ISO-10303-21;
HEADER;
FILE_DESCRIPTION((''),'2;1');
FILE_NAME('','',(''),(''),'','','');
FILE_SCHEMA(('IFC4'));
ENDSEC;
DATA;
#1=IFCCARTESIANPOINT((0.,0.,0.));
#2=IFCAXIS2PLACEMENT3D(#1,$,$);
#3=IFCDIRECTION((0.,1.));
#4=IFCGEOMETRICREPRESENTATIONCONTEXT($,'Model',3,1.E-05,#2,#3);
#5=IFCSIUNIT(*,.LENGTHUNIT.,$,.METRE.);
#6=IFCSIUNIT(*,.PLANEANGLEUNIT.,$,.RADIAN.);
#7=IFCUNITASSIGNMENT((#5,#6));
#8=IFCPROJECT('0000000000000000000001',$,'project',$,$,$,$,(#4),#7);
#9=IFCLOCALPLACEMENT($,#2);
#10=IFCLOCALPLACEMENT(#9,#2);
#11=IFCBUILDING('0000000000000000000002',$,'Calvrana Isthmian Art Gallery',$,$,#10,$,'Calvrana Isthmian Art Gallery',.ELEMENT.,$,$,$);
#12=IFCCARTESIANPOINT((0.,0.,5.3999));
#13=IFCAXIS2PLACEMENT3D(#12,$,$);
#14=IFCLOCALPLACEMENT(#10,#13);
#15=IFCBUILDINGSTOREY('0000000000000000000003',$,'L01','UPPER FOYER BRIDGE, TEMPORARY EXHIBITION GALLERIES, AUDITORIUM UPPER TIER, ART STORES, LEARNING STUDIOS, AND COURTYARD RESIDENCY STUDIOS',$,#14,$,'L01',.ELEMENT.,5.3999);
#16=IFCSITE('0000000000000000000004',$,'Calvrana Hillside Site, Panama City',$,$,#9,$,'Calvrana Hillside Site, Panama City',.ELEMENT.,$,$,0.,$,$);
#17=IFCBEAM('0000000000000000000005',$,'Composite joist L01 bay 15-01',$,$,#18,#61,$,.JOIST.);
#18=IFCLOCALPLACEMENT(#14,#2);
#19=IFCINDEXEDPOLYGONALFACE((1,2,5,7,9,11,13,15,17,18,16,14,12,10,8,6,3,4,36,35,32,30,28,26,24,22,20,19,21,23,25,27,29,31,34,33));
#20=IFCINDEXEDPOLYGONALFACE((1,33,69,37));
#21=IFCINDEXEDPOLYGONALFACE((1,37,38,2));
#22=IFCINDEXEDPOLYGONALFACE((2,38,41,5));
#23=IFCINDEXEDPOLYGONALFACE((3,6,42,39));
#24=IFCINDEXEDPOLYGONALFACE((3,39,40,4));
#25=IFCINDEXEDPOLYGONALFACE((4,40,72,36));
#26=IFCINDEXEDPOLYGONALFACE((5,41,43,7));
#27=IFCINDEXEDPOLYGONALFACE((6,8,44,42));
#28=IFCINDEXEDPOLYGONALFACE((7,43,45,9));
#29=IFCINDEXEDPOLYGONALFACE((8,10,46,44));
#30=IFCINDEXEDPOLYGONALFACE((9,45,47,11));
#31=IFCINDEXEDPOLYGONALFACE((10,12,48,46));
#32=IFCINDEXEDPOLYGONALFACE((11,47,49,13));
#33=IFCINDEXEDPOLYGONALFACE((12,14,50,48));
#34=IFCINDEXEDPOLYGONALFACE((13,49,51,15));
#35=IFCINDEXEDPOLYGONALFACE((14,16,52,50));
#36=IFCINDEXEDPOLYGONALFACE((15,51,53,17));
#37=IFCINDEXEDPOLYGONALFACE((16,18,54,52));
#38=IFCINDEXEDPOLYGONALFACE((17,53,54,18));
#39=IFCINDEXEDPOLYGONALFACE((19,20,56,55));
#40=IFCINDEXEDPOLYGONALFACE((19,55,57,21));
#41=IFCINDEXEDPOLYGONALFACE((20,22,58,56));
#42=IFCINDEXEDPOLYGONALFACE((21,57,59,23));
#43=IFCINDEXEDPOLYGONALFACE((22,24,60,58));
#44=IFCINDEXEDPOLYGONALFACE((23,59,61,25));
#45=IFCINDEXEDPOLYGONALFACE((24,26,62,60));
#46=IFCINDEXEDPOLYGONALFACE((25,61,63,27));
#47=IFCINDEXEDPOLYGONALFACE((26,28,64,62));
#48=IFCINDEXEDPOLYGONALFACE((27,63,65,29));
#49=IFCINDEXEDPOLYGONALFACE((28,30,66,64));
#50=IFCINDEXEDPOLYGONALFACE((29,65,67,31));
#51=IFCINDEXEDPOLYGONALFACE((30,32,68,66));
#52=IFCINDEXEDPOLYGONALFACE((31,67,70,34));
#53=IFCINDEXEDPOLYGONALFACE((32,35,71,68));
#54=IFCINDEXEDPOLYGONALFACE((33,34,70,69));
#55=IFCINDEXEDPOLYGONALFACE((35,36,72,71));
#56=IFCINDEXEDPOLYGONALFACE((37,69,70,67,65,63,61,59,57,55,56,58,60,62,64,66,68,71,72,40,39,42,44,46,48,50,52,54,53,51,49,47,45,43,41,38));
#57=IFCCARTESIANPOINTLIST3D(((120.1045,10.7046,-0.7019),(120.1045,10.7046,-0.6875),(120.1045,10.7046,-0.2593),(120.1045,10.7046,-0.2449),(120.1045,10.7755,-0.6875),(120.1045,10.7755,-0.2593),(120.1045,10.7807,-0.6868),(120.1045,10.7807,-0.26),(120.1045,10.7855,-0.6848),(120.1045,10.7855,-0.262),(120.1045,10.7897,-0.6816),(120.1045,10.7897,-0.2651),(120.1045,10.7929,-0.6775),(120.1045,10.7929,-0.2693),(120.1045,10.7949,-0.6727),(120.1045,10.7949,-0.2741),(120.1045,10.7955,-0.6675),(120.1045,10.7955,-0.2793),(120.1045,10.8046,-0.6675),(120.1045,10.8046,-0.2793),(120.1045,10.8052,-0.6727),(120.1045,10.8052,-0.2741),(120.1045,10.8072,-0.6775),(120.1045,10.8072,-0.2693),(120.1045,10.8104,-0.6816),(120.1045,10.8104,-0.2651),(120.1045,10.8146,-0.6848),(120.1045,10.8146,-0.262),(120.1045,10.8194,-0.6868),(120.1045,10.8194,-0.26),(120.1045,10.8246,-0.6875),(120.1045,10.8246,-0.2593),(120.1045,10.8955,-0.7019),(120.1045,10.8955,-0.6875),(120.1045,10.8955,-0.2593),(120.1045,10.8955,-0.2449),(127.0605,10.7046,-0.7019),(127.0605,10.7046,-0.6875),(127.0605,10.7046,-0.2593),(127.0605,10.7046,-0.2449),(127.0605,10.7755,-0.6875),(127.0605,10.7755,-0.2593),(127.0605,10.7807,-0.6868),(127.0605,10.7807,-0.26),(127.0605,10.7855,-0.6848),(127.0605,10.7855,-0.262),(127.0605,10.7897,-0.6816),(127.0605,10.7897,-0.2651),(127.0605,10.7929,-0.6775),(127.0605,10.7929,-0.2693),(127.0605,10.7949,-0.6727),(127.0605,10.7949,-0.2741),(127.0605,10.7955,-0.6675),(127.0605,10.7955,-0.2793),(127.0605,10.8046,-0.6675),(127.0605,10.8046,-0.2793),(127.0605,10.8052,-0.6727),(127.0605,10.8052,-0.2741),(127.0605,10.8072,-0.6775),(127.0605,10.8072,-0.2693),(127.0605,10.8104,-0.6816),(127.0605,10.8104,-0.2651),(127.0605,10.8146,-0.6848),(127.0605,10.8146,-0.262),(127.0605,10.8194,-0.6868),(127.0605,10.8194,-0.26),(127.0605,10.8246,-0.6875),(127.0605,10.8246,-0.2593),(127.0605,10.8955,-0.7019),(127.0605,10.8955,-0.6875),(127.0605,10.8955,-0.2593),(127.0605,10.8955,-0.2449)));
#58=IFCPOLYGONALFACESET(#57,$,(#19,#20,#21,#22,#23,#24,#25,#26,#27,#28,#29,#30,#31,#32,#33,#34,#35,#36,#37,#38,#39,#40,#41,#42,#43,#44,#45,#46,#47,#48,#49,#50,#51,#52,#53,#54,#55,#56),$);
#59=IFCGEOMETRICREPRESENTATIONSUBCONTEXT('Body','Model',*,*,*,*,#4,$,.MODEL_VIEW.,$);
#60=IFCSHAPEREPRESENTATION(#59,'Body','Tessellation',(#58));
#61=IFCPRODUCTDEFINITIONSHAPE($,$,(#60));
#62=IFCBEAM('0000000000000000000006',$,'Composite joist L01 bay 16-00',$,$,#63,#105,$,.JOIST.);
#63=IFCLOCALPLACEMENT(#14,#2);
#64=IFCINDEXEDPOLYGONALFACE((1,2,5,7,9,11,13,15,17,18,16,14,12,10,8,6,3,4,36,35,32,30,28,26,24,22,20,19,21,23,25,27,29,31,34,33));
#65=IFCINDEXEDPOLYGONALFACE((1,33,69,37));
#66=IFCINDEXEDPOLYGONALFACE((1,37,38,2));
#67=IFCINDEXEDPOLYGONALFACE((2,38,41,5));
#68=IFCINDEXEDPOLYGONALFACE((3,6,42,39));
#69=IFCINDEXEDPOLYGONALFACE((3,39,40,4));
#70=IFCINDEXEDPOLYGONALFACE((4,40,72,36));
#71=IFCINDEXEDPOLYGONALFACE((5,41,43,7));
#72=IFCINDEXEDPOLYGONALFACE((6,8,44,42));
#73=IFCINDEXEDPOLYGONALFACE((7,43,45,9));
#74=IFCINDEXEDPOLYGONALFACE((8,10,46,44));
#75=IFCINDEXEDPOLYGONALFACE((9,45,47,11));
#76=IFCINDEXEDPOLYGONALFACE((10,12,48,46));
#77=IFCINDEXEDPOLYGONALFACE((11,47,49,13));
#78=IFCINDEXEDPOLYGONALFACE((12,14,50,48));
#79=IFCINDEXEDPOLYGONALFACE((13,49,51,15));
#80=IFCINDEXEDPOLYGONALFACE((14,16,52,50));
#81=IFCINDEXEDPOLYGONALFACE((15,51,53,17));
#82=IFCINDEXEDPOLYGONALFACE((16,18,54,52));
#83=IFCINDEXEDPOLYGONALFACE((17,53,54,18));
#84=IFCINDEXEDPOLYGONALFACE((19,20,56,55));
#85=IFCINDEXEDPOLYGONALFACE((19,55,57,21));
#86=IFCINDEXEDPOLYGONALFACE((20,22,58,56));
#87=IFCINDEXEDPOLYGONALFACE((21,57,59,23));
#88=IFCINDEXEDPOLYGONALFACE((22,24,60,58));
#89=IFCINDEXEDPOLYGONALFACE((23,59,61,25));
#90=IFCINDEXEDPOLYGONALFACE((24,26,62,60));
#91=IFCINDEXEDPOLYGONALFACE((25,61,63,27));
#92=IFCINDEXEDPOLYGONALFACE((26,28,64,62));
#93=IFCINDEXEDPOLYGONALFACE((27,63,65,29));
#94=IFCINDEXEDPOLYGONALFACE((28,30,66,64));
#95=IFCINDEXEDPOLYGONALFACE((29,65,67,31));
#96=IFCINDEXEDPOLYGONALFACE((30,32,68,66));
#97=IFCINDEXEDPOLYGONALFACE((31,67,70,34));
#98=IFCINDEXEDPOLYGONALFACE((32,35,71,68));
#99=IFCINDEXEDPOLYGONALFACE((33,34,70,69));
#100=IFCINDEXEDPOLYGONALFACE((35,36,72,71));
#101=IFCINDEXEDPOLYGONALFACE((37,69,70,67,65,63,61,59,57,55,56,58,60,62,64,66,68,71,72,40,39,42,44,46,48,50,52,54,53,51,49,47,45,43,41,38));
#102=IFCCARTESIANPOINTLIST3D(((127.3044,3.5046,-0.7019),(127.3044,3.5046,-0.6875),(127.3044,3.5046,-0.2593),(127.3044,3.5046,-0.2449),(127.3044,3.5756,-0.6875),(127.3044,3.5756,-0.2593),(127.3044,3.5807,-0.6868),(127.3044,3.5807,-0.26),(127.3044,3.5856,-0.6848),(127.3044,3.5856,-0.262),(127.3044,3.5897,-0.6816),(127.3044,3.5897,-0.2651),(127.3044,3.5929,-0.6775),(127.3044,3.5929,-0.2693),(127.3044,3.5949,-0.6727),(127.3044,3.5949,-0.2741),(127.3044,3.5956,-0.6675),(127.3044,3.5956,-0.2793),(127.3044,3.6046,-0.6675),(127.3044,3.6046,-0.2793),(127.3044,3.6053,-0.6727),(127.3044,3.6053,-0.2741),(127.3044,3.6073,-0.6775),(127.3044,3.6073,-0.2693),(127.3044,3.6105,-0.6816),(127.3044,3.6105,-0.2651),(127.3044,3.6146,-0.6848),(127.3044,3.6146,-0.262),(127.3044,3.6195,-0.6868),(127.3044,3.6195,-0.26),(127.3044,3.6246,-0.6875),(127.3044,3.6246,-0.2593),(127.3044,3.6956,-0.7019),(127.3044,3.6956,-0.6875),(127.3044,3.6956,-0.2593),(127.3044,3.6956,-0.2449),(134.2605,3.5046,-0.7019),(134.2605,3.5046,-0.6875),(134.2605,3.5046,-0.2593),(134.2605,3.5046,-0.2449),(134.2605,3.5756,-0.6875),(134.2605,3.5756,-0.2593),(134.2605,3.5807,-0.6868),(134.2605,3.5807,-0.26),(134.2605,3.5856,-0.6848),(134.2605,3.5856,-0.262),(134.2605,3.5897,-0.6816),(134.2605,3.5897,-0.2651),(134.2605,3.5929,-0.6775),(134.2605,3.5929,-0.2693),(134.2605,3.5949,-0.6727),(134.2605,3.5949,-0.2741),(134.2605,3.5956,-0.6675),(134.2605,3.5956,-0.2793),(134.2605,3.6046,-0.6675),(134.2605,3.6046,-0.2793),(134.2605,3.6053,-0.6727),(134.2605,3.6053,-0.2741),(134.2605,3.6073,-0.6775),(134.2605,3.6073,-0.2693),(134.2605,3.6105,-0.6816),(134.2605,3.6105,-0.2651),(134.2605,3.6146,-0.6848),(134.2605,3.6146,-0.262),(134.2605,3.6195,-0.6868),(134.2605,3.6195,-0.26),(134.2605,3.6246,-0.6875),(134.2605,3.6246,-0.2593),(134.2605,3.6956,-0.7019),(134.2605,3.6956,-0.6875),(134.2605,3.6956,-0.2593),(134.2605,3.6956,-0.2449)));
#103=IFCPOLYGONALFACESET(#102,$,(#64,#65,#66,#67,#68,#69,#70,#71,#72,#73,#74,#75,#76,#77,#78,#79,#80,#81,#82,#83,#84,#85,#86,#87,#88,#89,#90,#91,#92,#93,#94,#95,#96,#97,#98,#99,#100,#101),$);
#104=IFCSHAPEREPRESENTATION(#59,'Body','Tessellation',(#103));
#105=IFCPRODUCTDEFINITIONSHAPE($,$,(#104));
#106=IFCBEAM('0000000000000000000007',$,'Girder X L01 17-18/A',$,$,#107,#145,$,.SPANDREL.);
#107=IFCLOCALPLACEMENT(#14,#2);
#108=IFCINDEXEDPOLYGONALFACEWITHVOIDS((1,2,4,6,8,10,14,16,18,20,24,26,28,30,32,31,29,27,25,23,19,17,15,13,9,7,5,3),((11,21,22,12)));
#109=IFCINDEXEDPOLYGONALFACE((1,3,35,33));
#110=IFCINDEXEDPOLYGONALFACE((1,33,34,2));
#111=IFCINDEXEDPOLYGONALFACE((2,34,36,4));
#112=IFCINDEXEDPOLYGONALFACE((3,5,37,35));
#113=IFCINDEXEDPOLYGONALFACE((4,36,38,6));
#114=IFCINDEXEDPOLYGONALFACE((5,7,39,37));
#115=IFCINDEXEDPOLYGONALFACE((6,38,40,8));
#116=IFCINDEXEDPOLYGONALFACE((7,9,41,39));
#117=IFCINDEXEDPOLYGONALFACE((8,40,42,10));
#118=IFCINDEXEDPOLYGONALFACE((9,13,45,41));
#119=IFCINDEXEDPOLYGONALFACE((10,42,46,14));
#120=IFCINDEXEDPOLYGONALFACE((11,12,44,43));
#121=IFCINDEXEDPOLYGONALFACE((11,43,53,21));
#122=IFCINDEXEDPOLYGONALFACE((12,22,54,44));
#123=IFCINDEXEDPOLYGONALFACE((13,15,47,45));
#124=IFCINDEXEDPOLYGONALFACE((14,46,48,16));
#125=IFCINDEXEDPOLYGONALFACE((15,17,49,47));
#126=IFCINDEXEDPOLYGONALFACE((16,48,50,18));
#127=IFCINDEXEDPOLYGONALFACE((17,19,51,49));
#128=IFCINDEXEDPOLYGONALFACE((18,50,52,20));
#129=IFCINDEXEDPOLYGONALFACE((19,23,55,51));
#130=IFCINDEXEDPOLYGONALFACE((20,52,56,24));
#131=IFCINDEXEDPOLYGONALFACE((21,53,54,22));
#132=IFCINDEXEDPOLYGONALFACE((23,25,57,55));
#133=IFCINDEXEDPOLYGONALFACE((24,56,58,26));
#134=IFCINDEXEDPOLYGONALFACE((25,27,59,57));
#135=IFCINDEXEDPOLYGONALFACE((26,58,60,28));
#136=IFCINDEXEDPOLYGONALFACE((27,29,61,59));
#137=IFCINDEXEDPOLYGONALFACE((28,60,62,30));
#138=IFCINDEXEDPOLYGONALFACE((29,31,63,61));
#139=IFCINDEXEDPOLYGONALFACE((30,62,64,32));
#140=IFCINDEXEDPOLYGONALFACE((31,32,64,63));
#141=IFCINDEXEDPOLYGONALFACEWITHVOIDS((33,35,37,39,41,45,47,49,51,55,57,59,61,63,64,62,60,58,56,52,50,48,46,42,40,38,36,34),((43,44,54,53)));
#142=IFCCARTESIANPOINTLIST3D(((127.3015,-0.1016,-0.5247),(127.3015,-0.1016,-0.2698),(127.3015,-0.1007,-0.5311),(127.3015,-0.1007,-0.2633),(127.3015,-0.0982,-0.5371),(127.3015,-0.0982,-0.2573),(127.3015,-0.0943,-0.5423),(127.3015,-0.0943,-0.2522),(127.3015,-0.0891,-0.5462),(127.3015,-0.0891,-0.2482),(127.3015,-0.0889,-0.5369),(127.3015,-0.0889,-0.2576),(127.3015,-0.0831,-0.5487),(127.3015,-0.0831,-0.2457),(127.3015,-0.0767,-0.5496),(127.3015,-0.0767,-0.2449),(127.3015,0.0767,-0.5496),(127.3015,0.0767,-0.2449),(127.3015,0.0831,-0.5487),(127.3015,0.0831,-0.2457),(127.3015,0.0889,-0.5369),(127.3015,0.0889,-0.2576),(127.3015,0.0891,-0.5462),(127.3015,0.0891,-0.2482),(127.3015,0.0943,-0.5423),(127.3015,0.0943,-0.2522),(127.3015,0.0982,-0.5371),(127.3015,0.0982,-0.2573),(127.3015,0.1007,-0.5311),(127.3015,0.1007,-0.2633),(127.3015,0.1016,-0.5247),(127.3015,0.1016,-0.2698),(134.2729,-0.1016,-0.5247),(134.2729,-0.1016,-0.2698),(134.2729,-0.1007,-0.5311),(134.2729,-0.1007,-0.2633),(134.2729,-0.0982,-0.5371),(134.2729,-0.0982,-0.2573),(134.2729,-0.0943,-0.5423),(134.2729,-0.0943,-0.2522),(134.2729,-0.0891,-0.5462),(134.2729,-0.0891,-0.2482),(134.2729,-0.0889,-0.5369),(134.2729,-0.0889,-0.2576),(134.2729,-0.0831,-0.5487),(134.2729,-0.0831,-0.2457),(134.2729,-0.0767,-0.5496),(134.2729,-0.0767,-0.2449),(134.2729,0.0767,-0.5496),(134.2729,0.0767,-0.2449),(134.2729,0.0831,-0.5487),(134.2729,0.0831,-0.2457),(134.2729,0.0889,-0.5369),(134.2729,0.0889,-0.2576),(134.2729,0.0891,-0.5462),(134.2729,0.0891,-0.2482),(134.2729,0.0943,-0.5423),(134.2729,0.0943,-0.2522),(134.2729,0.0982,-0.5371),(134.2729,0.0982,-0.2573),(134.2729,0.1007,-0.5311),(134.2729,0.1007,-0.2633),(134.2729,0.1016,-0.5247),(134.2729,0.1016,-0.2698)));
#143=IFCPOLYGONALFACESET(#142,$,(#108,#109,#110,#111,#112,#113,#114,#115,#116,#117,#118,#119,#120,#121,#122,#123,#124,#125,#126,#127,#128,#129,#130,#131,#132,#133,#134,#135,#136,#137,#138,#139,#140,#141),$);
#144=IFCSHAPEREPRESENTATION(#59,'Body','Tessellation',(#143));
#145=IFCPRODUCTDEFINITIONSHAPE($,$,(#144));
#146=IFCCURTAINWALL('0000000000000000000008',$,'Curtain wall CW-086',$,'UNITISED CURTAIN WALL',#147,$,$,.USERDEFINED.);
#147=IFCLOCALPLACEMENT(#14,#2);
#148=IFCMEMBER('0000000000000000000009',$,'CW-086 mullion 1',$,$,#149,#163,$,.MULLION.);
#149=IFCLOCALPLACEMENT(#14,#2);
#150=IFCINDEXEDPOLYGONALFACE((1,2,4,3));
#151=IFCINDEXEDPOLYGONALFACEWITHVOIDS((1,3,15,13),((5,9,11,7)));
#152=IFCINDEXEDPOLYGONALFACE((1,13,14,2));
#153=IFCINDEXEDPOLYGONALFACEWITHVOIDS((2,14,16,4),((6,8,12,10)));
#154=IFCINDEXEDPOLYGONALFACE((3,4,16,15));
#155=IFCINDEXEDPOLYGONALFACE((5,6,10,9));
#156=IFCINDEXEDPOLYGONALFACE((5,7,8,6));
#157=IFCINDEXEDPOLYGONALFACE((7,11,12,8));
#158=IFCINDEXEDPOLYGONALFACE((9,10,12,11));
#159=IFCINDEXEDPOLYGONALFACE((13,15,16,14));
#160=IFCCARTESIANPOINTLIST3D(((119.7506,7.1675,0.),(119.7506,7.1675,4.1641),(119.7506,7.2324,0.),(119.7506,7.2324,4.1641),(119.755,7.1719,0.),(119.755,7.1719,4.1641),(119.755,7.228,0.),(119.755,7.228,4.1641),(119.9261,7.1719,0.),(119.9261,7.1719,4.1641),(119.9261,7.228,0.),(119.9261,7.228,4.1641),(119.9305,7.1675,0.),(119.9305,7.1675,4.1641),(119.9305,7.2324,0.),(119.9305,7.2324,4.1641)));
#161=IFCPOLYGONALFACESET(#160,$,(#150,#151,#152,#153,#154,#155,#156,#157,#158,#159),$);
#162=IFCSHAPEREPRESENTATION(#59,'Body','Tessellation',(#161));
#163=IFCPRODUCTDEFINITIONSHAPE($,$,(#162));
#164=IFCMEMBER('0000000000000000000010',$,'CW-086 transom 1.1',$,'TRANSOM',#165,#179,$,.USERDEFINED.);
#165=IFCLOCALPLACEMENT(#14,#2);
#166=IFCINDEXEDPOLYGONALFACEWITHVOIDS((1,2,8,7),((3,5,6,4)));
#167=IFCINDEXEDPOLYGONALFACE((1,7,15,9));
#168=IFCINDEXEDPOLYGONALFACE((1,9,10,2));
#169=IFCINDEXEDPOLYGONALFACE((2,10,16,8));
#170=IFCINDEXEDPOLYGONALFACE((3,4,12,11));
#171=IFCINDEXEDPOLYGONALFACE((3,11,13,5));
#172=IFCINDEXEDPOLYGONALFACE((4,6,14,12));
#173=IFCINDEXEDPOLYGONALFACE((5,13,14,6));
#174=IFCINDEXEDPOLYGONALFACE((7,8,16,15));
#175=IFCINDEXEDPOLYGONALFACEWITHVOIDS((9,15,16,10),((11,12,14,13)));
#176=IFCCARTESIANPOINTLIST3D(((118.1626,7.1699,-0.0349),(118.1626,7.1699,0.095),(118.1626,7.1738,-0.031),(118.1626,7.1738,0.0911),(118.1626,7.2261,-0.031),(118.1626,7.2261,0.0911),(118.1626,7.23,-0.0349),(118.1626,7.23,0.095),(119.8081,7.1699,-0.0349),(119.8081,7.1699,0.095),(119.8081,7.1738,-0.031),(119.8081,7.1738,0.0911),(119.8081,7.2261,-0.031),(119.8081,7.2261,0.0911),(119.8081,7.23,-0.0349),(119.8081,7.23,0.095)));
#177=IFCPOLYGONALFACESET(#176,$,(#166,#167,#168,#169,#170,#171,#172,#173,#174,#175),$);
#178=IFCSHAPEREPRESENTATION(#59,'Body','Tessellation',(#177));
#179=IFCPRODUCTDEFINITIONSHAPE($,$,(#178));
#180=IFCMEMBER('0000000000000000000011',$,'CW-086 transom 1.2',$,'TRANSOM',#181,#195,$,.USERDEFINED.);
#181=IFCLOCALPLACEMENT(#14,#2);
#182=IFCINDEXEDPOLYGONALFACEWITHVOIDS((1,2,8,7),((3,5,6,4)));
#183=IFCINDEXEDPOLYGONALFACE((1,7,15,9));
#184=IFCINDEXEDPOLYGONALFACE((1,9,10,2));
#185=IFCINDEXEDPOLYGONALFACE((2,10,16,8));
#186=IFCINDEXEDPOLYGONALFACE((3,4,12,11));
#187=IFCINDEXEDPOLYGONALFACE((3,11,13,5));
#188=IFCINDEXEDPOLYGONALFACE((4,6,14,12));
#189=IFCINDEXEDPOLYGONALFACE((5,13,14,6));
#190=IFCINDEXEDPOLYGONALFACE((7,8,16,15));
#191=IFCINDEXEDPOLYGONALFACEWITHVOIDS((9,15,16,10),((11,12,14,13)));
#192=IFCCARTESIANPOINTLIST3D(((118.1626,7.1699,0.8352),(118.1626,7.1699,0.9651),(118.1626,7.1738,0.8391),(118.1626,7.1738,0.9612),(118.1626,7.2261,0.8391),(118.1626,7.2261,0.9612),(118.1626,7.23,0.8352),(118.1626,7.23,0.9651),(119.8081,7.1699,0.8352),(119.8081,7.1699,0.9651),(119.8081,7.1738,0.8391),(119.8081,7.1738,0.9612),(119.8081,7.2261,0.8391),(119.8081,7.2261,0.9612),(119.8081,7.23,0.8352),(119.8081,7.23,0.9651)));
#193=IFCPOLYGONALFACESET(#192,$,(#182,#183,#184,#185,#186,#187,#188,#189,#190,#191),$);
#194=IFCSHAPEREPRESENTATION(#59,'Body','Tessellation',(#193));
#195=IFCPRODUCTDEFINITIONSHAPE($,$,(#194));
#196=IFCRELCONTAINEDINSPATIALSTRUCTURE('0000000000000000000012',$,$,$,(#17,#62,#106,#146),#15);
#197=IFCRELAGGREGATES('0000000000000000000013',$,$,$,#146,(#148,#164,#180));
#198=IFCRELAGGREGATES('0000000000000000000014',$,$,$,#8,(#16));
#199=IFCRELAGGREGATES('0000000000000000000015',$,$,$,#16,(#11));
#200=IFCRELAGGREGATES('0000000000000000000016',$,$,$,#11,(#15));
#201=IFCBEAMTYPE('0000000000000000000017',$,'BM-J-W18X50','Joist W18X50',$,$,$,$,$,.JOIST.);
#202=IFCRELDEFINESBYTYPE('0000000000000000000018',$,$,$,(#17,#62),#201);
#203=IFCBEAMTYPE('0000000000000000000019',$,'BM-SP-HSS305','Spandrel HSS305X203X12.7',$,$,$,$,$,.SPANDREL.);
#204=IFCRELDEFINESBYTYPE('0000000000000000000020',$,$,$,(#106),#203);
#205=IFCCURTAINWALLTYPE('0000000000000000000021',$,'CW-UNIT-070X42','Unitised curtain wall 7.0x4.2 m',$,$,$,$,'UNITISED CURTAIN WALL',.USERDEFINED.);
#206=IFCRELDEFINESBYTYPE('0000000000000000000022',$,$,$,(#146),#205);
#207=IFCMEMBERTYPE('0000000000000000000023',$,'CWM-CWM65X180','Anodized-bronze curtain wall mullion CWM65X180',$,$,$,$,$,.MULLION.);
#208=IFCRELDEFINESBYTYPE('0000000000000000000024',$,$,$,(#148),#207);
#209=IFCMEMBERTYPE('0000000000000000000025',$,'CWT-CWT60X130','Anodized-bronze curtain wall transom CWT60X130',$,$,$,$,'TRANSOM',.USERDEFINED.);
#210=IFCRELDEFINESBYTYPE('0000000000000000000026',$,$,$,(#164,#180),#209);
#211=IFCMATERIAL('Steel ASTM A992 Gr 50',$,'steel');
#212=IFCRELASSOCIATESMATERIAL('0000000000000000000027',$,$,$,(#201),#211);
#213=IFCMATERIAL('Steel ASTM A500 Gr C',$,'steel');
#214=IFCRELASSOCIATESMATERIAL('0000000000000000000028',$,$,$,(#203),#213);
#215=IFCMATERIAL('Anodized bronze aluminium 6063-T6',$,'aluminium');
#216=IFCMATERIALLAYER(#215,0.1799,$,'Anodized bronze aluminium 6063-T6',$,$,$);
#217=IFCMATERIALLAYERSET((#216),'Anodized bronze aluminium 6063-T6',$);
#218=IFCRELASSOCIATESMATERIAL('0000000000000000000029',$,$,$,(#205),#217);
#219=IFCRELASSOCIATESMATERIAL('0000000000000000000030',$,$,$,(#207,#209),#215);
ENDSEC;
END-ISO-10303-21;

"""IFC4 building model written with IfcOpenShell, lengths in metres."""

from ifc_helpers import new_model, si_unit, direction, frame, origin, origin_2d, place, context, subcontext, project, spatial, hollow_rectangle, i_section, extrude, material, layer, layer_set, material_profile, profile_set, type_object, element, aggregate, save


model = new_model("IFC4")

# Units and contexts
model_context = context("Model", 3, precision=1e-05, world=origin(), true_north=direction((0.0, 1.0)))
body_context = subcontext(model_context, "Body", "Model", "MODEL_VIEW")
ifc_project = project(units=[si_unit("LENGTHUNIT", "METRE"), si_unit("PLANEANGLEUNIT", "RADIAN")], contexts=[model_context])

# Site, building, storey
site_placement = place(None, origin())
site = spatial("IfcSite", under=ifc_project, at=site_placement, Name="Calvrana Hillside Site, Panama City", LongName="Calvrana Hillside Site, Panama City", CompositionType="ELEMENT", RefElevation=0.0)
building_placement = place(site_placement, origin())
building = spatial("IfcBuilding", under=site, at=building_placement, Name="Calvrana Isthmian Art Gallery", LongName="Calvrana Isthmian Art Gallery", CompositionType="ELEMENT")
storey_placement = place(building_placement, frame((0.0, 0.0, 5.3999)))
storey = spatial("IfcBuildingStorey", under=building, at=storey_placement, Name="L01", Description="UPPER FOYER BRIDGE, TEMPORARY EXHIBITION GALLERIES, AUDITORIUM UPPER TIER, ART STORES, LEARNING STUDIOS, AND COURTYARD RESIDENCY STUDIOS", LongName="L01", CompositionType="ELEMENT", Elevation=5.3999)

# Shared definitions
ifc_material_1 = material(Name="Steel ASTM A500 Gr C", Category="steel")

# Beams
ifc_material_2 = material(Name="Steel ASTM A992 Gr 50", Category="steel")
ifc_material_profile_1 = material_profile(ifc_material_2, i_section(OverallWidth=0.1909, OverallDepth=0.457, WebThickness=0.009, FlangeThickness=0.0144, FilletRadius=0.02, at=origin_2d()), Name="W18X50")
ifc_profile_set_1 = profile_set([ifc_material_profile_1], Name="Steel ASTM A992 Gr 50")
beam_type_1 = type_object("IfcBeamType", Name="BM-J-W18X50", Description="Joist W18X50", PredefinedType="JOIST", material=ifc_profile_set_1)
for number, where, z_axis, x_axis, name in (
    (1, (120.1045, 10.8, -0.4734), (1.0, 0.0, 0.0), (0.0, 1.0, 0.0), "Composite joist L01 bay 15-01"),
    (2, (127.3044, 3.6001, -0.4734), (1.0, 0.0, 0.0), (0.0, 1.0, 0.0), "Composite joist L01 bay 16-00"),
):
    element("IfcBeam", number, at=place(storey_placement, frame(where, z_axis=z_axis, x_axis=x_axis)), inside=storey, type_object=beam_type_1, Name=name, PredefinedType="JOIST", context=body_context, shape_type="SweptSolid", body=[
        extrude(i_section(OverallWidth=0.1909, OverallDepth=0.457, WebThickness=0.009, FlangeThickness=0.0144, FilletRadius=0.02, at=origin_2d()), origin(), (0.0, 0.0, 1.0), 6.9561),
    ])
ifc_material_profile_2 = material_profile(ifc_material_1, hollow_rectangle(XDim=0.2031, YDim=0.3047, WallThickness=0.0127, OuterFilletRadius=0.0249, at=origin_2d()), Name="HSS305X203X12.7")
ifc_profile_set_2 = profile_set([ifc_material_profile_2], Name="Steel ASTM A500 Gr C")
beam_type_2 = type_object("IfcBeamType", Name="BM-SP-HSS305", Description="Spandrel HSS305X203X12.7", PredefinedType="SPANDREL", material=ifc_profile_set_2)
beam_1_placement = place(storey_placement, frame((127.3015, 0.0, -0.3972), z_axis=(1.0, 0.0, 0.0), x_axis=(0.0, 1.0, 0.0)))
element("IfcBeam", 3, at=beam_1_placement, inside=storey, type_object=beam_type_2, Name="Girder X L01 17-18/A", PredefinedType="SPANDREL", context=body_context, shape_type="SweptSolid", body=[
    extrude(hollow_rectangle(XDim=0.2031, YDim=0.3047, WallThickness=0.0127, OuterFilletRadius=0.0249, at=origin_2d()), origin(), (0.0, 0.0, 1.0), 6.9714),
])

# Curtain wall, members
ifc_material_3 = material(Name="Anodized bronze aluminium 6063-T6", Category="aluminium")
ifc_layer_1 = layer(ifc_material_3, 0.1799, Name="Anodized bronze aluminium 6063-T6")
ifc_layer_set_1 = layer_set([ifc_layer_1], Name="Anodized bronze aluminium 6063-T6")
curtain_wall_type = type_object("IfcCurtainWallType", Name="CW-UNIT-070X42", Description="Unitised curtain wall 7.0x4.2 m", ElementType="UNITISED CURTAIN WALL", PredefinedType="USERDEFINED", material=ifc_layer_set_1)
curtain_wall_placement = place(storey_placement, origin())
curtain_wall = element("IfcCurtainWall", 4, at=curtain_wall_placement, inside=storey, type_object=curtain_wall_type, Name="Curtain wall CW-086", ObjectType="UNITISED CURTAIN WALL", PredefinedType="USERDEFINED")
ifc_material_profile_3 = material_profile(ifc_material_3, hollow_rectangle(XDim=0.0649, YDim=0.1799, WallThickness=0.0044, at=origin_2d()), Name="CWM65X180")
ifc_profile_set_3 = profile_set([ifc_material_profile_3], Name="Anodized bronze aluminium 6063-T6")
member_type_1 = type_object("IfcMemberType", Name="CWM-CWM65X180", Description="Anodized-bronze curtain wall mullion CWM65X180", PredefinedType="MULLION", material=ifc_profile_set_3)
member_1_placement = place(storey_placement, frame((119.8406, 7.2, 0.0), z_axis=(0.0, 0.0, 1.0), x_axis=(0.0, -1.0, 0.0)))
member_1 = element("IfcMember", 5, at=member_1_placement, type_object=member_type_1, Name="CW-086 mullion 1", PredefinedType="MULLION", context=body_context, shape_type="SweptSolid", body=[
    extrude(hollow_rectangle(XDim=0.0649, YDim=0.1799, WallThickness=0.0044, at=origin_2d()), origin(), (0.0, 0.0, 1.0), 4.1641),
])
ifc_material_profile_4 = material_profile(ifc_material_3, hollow_rectangle(XDim=0.0601, YDim=0.1299, WallThickness=0.0039, at=origin_2d()), Name="CWT60X130")
ifc_profile_set_4 = profile_set([ifc_material_profile_4], Name="Anodized bronze aluminium 6063-T6")
member_type_2 = type_object("IfcMemberType", Name="CWT-CWT60X130", Description="Anodized-bronze curtain wall transom CWT60X130", ElementType="TRANSOM", PredefinedType="USERDEFINED", material=ifc_profile_set_4)
member_2_placement = place(storey_placement, frame((119.8081, 7.2, 0.03), z_axis=(-1.0, 0.0, 0.0), x_axis=(0.0, -1.0, 0.0)))
member_2 = element("IfcMember", 6, at=member_2_placement, type_object=member_type_2, Name="CW-086 transom 1.1", ObjectType="TRANSOM", PredefinedType="USERDEFINED", context=body_context, shape_type="SweptSolid", body=[
    extrude(hollow_rectangle(XDim=0.0601, YDim=0.1299, WallThickness=0.0039, at=origin_2d()), origin(), (0.0, 0.0, 1.0), 1.6455),
])
member_3_placement = place(storey_placement, frame((119.8081, 7.2, 0.9001), z_axis=(-1.0, 0.0, 0.0), x_axis=(0.0, -1.0, 0.0)))
member_3 = element("IfcMember", 7, at=member_3_placement, type_object=member_type_2, Name="CW-086 transom 1.2", ObjectType="TRANSOM", PredefinedType="USERDEFINED", context=body_context, shape_type="SweptSolid", body=[
    extrude(hollow_rectangle(XDim=0.0601, YDim=0.1299, WallThickness=0.0039, at=origin_2d()), origin(), (0.0, 0.0, 1.0), 1.6455),
])
aggregate(curtain_wall, [member_1, member_2, member_3])

save(model, "model.ifc")
